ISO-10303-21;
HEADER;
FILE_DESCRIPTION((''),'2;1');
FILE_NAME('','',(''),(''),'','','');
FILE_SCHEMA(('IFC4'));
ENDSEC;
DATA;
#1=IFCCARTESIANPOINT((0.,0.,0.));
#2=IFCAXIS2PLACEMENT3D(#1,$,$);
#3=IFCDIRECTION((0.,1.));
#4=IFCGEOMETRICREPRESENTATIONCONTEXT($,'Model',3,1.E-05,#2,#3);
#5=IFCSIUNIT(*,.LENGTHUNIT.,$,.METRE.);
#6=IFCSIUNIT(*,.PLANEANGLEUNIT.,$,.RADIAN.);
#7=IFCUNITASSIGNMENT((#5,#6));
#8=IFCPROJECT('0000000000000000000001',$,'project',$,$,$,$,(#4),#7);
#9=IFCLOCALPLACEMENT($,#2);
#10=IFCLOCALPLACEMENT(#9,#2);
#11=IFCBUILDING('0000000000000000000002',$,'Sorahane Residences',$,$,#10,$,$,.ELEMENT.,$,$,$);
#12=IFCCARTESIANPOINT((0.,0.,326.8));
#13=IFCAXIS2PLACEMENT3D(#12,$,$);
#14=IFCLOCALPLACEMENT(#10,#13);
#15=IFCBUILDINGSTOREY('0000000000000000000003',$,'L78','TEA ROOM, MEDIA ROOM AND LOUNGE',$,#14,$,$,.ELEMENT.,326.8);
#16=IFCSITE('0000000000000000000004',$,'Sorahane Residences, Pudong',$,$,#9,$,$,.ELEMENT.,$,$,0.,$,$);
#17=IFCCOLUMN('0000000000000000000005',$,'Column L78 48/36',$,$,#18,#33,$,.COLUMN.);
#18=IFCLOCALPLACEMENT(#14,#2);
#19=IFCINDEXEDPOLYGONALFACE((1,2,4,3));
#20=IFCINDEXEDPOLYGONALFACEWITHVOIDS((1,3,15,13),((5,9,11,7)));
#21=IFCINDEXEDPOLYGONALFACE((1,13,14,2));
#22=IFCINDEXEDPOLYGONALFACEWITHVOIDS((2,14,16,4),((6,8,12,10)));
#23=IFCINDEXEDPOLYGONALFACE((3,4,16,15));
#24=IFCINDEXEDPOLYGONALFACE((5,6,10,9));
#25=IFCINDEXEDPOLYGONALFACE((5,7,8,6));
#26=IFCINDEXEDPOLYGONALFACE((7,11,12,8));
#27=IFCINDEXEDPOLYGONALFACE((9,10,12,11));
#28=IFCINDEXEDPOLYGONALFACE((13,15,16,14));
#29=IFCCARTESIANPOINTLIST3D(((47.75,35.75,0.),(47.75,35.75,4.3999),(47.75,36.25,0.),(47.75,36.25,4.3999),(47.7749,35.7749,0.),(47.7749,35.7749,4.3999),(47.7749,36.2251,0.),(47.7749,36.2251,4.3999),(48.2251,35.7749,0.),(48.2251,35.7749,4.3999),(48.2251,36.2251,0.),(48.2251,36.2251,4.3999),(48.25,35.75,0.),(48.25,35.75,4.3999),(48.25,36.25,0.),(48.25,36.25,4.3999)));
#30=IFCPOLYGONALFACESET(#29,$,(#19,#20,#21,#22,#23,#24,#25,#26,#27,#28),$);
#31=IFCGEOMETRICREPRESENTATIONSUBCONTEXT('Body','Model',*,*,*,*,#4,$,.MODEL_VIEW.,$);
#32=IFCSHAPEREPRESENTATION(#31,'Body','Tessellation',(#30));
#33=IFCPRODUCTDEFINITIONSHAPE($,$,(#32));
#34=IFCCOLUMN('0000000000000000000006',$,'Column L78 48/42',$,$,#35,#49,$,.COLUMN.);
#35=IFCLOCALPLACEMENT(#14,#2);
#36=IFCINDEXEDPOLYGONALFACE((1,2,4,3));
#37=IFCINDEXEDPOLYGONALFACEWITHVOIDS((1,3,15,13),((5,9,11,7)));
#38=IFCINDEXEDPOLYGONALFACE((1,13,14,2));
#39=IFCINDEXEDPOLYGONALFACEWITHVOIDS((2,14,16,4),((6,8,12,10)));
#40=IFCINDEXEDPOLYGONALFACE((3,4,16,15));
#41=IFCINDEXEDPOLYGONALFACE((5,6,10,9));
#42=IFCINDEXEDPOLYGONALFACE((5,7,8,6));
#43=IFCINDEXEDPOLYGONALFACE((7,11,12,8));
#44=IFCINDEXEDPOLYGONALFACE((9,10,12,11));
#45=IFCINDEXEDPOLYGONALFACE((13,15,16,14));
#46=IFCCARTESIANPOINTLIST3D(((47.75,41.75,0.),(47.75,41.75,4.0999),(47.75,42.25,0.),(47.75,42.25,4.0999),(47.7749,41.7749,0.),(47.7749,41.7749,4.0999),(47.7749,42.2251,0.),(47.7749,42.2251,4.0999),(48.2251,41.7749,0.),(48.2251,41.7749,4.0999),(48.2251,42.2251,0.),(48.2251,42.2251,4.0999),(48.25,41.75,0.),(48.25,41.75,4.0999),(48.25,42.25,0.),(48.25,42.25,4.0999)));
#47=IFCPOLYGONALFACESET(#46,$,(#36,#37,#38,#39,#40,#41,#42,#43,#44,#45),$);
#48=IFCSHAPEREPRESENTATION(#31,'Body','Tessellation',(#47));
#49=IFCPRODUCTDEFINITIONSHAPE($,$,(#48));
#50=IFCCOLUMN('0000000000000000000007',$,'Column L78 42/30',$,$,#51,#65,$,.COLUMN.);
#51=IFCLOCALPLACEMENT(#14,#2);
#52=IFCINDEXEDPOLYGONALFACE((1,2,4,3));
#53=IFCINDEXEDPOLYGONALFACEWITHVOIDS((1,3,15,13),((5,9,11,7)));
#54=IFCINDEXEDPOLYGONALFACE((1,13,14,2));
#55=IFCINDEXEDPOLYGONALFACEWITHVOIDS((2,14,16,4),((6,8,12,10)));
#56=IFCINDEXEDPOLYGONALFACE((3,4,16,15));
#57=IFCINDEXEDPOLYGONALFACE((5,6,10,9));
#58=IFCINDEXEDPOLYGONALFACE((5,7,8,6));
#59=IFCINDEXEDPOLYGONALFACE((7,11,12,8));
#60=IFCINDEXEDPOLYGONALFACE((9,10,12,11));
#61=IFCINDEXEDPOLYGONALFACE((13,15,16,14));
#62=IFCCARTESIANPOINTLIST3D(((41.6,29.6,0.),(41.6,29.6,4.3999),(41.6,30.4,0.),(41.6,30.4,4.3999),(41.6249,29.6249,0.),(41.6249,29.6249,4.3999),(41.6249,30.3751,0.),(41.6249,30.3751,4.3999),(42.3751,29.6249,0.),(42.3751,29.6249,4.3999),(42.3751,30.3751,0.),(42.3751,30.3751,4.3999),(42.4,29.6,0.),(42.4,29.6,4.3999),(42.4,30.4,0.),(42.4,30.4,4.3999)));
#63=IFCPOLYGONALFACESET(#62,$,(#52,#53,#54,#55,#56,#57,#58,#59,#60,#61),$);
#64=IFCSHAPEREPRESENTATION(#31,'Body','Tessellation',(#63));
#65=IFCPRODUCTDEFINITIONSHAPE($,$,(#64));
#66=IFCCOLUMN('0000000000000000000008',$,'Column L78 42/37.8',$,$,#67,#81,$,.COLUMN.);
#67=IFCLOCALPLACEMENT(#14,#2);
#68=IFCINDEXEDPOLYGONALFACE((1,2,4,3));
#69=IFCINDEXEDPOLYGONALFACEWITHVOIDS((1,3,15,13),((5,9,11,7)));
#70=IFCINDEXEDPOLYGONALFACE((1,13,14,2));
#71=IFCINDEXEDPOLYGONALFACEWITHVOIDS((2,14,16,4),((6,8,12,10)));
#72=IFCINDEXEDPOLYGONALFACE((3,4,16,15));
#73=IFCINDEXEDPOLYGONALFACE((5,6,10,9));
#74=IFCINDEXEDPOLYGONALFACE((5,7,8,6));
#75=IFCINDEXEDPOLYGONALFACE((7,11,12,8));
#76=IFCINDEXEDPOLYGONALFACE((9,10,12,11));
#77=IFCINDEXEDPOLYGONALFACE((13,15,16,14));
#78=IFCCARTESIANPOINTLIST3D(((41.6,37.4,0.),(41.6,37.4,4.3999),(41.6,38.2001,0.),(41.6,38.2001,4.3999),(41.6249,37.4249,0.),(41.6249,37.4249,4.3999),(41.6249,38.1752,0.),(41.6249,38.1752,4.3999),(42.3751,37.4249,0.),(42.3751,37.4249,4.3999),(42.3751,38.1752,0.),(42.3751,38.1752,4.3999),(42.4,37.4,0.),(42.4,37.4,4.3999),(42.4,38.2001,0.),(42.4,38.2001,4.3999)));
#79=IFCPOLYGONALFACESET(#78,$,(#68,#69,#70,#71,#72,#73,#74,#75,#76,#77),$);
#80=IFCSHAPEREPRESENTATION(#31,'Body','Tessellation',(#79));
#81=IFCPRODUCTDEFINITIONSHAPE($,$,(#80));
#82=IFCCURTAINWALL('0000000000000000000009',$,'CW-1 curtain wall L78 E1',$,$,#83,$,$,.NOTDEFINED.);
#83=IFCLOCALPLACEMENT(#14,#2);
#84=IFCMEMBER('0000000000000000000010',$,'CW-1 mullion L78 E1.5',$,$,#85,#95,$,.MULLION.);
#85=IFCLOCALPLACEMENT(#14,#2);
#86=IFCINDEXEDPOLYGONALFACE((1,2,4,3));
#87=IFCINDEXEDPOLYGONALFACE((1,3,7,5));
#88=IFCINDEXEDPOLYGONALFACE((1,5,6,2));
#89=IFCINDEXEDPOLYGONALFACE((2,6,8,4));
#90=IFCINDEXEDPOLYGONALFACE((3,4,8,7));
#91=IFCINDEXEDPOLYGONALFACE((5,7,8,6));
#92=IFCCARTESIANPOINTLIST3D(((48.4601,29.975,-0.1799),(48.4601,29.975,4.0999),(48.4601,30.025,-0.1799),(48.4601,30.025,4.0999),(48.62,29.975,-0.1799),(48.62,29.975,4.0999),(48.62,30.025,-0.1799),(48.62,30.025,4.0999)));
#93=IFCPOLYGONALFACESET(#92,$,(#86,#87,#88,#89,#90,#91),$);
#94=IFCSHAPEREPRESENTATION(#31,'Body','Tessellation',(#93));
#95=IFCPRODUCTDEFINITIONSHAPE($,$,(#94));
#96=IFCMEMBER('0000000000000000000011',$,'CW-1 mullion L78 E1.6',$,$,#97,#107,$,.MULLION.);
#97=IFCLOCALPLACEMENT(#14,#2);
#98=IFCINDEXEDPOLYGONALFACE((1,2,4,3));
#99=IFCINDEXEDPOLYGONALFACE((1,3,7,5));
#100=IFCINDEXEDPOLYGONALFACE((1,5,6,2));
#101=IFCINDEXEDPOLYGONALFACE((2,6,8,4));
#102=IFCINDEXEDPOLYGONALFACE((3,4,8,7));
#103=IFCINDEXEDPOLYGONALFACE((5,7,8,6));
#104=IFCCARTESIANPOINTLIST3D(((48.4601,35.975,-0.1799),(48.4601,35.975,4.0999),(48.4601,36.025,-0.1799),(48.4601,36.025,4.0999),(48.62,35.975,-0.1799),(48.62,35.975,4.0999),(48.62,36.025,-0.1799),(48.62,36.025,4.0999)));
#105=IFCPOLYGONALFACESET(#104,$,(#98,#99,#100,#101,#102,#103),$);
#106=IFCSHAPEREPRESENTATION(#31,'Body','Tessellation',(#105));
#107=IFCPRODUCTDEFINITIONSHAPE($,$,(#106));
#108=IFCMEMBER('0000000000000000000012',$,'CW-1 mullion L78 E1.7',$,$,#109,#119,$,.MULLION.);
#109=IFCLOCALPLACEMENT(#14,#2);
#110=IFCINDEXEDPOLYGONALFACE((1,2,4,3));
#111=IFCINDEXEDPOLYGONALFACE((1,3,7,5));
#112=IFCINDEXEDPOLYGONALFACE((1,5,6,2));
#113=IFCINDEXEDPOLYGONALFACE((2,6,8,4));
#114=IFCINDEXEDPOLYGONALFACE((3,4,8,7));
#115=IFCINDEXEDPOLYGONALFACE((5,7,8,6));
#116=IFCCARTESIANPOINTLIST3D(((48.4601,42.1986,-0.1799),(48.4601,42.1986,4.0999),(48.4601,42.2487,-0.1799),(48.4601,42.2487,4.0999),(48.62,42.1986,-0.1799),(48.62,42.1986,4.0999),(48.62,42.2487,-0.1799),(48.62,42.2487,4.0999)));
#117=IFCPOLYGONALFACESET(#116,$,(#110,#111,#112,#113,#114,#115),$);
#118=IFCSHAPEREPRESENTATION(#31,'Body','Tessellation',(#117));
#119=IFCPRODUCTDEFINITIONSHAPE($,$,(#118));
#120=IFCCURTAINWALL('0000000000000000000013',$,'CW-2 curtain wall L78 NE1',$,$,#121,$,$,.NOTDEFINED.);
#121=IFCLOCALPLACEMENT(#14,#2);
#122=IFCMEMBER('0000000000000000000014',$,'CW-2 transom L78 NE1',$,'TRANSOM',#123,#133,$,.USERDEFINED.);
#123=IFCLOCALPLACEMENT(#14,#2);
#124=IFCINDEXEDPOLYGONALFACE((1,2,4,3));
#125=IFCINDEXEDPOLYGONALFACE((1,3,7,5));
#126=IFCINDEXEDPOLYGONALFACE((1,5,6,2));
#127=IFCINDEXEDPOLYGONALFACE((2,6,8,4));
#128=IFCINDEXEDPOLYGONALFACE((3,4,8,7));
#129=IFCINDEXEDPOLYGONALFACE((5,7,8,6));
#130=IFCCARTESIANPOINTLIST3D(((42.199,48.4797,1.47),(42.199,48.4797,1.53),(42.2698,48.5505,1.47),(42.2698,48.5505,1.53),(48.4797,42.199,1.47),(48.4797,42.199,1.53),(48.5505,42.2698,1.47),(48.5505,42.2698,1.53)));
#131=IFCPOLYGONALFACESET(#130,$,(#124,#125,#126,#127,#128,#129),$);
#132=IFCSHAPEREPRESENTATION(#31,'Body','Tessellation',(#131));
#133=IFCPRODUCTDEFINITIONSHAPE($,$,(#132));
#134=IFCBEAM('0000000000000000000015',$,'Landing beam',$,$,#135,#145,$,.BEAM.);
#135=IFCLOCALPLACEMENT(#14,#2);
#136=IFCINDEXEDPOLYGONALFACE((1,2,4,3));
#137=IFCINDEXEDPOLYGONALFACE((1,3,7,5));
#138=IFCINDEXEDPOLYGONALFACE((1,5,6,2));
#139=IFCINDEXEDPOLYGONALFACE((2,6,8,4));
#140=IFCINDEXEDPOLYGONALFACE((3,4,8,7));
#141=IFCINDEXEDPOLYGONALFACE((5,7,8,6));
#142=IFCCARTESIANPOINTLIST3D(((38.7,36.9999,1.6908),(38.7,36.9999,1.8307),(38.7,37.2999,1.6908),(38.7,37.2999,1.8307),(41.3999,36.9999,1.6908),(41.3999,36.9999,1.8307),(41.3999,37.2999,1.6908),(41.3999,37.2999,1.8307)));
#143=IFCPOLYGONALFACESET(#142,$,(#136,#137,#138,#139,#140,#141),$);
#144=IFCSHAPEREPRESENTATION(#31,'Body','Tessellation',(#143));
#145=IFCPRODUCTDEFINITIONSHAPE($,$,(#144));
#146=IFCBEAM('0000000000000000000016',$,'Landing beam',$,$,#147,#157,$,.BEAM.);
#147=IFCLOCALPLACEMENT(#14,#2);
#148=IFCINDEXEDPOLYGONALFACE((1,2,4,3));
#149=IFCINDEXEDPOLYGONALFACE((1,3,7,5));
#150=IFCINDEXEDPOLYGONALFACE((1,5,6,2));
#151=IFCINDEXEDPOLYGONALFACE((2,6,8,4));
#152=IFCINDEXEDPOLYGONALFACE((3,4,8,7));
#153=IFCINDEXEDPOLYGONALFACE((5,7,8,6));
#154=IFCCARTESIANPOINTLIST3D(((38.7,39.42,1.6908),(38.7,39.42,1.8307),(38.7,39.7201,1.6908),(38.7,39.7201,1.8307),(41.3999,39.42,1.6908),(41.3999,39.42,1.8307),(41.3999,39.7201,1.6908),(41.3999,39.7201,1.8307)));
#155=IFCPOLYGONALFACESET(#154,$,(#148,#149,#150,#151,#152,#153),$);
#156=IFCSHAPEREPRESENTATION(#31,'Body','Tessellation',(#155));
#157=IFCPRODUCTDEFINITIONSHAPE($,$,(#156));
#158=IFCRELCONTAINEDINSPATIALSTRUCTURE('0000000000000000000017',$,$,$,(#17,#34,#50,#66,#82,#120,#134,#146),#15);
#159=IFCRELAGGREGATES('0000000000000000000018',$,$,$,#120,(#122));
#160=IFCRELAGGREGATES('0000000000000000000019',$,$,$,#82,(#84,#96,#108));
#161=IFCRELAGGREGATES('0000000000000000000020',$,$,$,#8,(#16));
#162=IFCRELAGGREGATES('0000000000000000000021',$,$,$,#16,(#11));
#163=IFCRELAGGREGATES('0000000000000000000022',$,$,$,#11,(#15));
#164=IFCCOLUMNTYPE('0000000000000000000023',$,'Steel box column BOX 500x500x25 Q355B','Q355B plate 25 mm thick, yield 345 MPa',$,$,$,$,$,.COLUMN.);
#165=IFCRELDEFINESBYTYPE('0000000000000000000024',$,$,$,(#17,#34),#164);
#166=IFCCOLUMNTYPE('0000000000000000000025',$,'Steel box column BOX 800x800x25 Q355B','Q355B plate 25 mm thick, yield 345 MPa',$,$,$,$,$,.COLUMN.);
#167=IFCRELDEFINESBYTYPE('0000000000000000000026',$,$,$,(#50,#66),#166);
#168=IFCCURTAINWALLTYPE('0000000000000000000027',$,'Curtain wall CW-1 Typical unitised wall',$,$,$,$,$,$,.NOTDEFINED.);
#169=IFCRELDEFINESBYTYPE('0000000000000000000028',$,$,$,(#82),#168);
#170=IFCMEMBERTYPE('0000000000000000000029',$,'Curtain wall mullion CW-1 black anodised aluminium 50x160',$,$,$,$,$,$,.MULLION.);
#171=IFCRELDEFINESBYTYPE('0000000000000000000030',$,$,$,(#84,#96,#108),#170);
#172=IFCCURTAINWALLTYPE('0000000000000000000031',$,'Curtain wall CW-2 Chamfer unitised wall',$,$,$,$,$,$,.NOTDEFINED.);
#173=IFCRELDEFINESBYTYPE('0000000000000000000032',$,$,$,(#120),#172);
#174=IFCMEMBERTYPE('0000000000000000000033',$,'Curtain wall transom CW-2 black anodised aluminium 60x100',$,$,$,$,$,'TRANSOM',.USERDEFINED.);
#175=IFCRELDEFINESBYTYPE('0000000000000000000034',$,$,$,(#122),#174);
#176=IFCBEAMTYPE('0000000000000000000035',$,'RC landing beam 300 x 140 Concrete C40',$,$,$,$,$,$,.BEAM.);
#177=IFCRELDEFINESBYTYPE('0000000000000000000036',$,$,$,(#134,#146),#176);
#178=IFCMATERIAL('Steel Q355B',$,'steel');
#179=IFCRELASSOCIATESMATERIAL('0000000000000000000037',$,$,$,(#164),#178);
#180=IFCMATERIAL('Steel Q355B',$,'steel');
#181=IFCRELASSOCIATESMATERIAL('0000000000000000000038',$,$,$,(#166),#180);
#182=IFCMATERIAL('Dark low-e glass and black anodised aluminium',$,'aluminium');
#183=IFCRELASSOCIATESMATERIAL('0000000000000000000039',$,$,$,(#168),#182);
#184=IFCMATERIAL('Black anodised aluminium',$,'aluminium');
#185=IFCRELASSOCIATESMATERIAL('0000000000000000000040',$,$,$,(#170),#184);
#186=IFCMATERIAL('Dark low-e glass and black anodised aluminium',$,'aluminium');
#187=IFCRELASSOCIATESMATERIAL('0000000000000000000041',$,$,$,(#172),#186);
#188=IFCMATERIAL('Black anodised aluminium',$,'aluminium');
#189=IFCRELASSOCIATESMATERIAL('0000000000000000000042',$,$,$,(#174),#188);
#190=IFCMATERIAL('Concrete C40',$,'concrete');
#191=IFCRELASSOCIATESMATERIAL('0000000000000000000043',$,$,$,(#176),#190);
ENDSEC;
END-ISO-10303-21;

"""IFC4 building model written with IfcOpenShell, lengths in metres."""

from ifc_helpers import new_model, si_unit, direction, frame, origin, origin_2d, place, context, subcontext, project, spatial, rectangle, hollow_rectangle, extrude, material, material_profile, profile_set, type_object, element, aggregate, save


model = new_model("IFC4")

# Units and contexts
model_context = context("Model", 3, precision=1e-05, world=origin(), true_north=direction((0.0, 1.0)))
body_context = subcontext(model_context, "Body", "Model", "MODEL_VIEW")
ifc_project = project(units=[si_unit("LENGTHUNIT", "METRE"), si_unit("PLANEANGLEUNIT", "RADIAN")], contexts=[model_context])

# Site, building, storey
site_placement = place(None, origin())
site = spatial("IfcSite", under=ifc_project, at=site_placement, Name="Sorahane Residences, Pudong", CompositionType="ELEMENT", RefElevation=0.0)
building_placement = place(site_placement, origin())
building = spatial("IfcBuilding", under=site, at=building_placement, Name="Sorahane Residences", CompositionType="ELEMENT")
storey_placement = place(building_placement, frame((0.0, 0.0, 326.8)))
storey = spatial("IfcBuildingStorey", under=building, at=storey_placement, Name="L78", Description="TEA ROOM, MEDIA ROOM AND LOUNGE", CompositionType="ELEMENT", Elevation=326.8)

# Columns
ifc_material_1 = material(Name="Steel Q355B", Category="steel")
ifc_material_profile_1 = material_profile(ifc_material_1, hollow_rectangle(XDim=0.5, YDim=0.5, WallThickness=0.0249, at=origin_2d()), Name="BOX 500x500x25")
ifc_profile_set_1 = profile_set([ifc_material_profile_1], Name="Steel Q355B")
column_type_1 = type_object("IfcColumnType", Name="Steel box column BOX 500x500x25 Q355B", Description="Q355B plate 25 mm thick, yield 345 MPa", PredefinedType="COLUMN", material=ifc_profile_set_1)
column_1_placement = place(storey_placement, frame((48.0, 36.0, 0.0), z_axis=(0.0, 0.0, 1.0), x_axis=(1.0, 0.0, 0.0)))
element("IfcColumn", 1, at=column_1_placement, inside=storey, type_object=column_type_1, Name="Column L78 48/36", PredefinedType="COLUMN", context=body_context, shape_type="SweptSolid", body=[
    extrude(hollow_rectangle(XDim=0.5, YDim=0.5, WallThickness=0.0249, at=origin_2d()), origin(), (0.0, 0.0, 1.0), 4.3999),
])
column_2_placement = place(storey_placement, frame((48.0, 42.0, 0.0), z_axis=(0.0, 0.0, 1.0), x_axis=(1.0, 0.0, 0.0)))
element("IfcColumn", 2, at=column_2_placement, inside=storey, type_object=column_type_1, Name="Column L78 48/42", PredefinedType="COLUMN", context=body_context, shape_type="SweptSolid", body=[
    extrude(hollow_rectangle(XDim=0.5, YDim=0.5, WallThickness=0.0249, at=origin_2d()), origin(), (0.0, 0.0, 1.0), 4.0999),
])
ifc_material_2 = material(Name="Steel Q355B", Category="steel")
ifc_material_profile_2 = material_profile(ifc_material_2, hollow_rectangle(XDim=0.8, YDim=0.8, WallThickness=0.0249, at=origin_2d()), Name="BOX 800x800x25")
ifc_profile_set_2 = profile_set([ifc_material_profile_2], Name="Steel Q355B")
column_type_2 = type_object("IfcColumnType", Name="Steel box column BOX 800x800x25 Q355B", Description="Q355B plate 25 mm thick, yield 345 MPa", PredefinedType="COLUMN", material=ifc_profile_set_2)
for number, where, z_axis, x_axis, name in (
    (3, (42.0, 30.0, 0.0), (0.0, 0.0, 1.0), (1.0, 0.0, 0.0), "Column L78 42/30"),
    (4, (42.0, 37.8, 0.0), (0.0, 0.0, 1.0), (1.0, 0.0, 0.0), "Column L78 42/37.8"),
):
    element("IfcColumn", number, at=place(storey_placement, frame(where, z_axis=z_axis, x_axis=x_axis)), inside=storey, type_object=column_type_2, Name=name, PredefinedType="COLUMN", context=body_context, shape_type="SweptSolid", body=[
        extrude(hollow_rectangle(XDim=0.8, YDim=0.8, WallThickness=0.0249, at=origin_2d()), origin(), (0.0, 0.0, 1.0), 4.3999),
    ])

# Curtain wall, members
ifc_material_3 = material(Name="Dark low-e glass and black anodised aluminium", Category="aluminium")
curtain_wall_type_1 = type_object("IfcCurtainWallType", Name="Curtain wall CW-1 Typical unitised wall", PredefinedType="NOTDEFINED", material=ifc_material_3)
curtain_wall_1_placement = place(storey_placement, origin())
curtain_wall_1 = element("IfcCurtainWall", 5, at=curtain_wall_1_placement, inside=storey, type_object=curtain_wall_type_1, Name="CW-1 curtain wall L78 E1", PredefinedType="NOTDEFINED")
ifc_material_4 = material(Name="Black anodised aluminium", Category="aluminium")
ifc_material_profile_3 = material_profile(ifc_material_4, rectangle(XDim=0.1599, YDim=0.05, at=origin_2d()), Name="Curtain wall mullion CW-1 black anodised aluminium 50x160")
ifc_profile_set_3 = profile_set([ifc_material_profile_3], Name="Black anodised aluminium")
member_type_1 = type_object("IfcMemberType", Name="Curtain wall mullion CW-1 black anodised aluminium 50x160", PredefinedType="MULLION", material=ifc_profile_set_3)
member_1_placement = place(storey_placement, frame((48.54, 30.0, -0.1799), z_axis=(0.0, 0.0, 1.0), x_axis=(1.0, 0.0, 0.0)))
member_1 = element("IfcMember", 6, at=member_1_placement, type_object=member_type_1, Name="CW-1 mullion L78 E1.5", PredefinedType="MULLION", context=body_context, shape_type="SweptSolid", body=[
    extrude(rectangle(XDim=0.1599, YDim=0.05, at=origin_2d()), origin(), (0.0, 0.0, 1.0), 4.2798),
])
member_2_placement = place(storey_placement, frame((48.54, 36.0, -0.1799), z_axis=(0.0, 0.0, 1.0), x_axis=(1.0, 0.0, 0.0)))
member_2 = element("IfcMember", 7, at=member_2_placement, type_object=member_type_1, Name="CW-1 mullion L78 E1.6", PredefinedType="MULLION", context=body_context, shape_type="SweptSolid", body=[
    extrude(rectangle(XDim=0.1599, YDim=0.05, at=origin_2d()), origin(), (0.0, 0.0, 1.0), 4.2798),
])
member_3_placement = place(storey_placement, frame((48.54, 42.2236, -0.1799), z_axis=(0.0, 0.0, 1.0), x_axis=(1.0, 0.0, 0.0)))
member_3 = element("IfcMember", 8, at=member_3_placement, type_object=member_type_1, Name="CW-1 mullion L78 E1.7", PredefinedType="MULLION", context=body_context, shape_type="SweptSolid", body=[
    extrude(rectangle(XDim=0.1599, YDim=0.05, at=origin_2d()), origin(), (0.0, 0.0, 1.0), 4.2798),
])

# Curtain wall, member
ifc_material_5 = material(Name="Dark low-e glass and black anodised aluminium", Category="aluminium")
curtain_wall_type_2 = type_object("IfcCurtainWallType", Name="Curtain wall CW-2 Chamfer unitised wall", PredefinedType="NOTDEFINED", material=ifc_material_5)
curtain_wall_2_placement = place(storey_placement, origin())
curtain_wall_2 = element("IfcCurtainWall", 9, at=curtain_wall_2_placement, inside=storey, type_object=curtain_wall_type_2, Name="CW-2 curtain wall L78 NE1", PredefinedType="NOTDEFINED")
ifc_material_6 = material(Name="Black anodised aluminium", Category="aluminium")
ifc_material_profile_4 = material_profile(ifc_material_6, rectangle(XDim=0.1001, YDim=0.0601, at=origin_2d()), Name="Curtain wall transom CW-2 black anodised aluminium 60x100")
ifc_profile_set_4 = profile_set([ifc_material_profile_4], Name="Black anodised aluminium")
member_type_2 = type_object("IfcMemberType", Name="Curtain wall transom CW-2 black anodised aluminium 60x100", ElementType="TRANSOM", PredefinedType="USERDEFINED", material=ifc_profile_set_4)
member_4_placement = place(storey_placement, frame((48.5151, 42.2344, 1.5), z_axis=(-0.707107, 0.707107, 0.0), x_axis=(-0.707107, -0.707107, 0.0)))
member_4 = element("IfcMember", 10, at=member_4_placement, type_object=member_type_2, Name="CW-2 transom L78 NE1", ObjectType="TRANSOM", PredefinedType="USERDEFINED", context=body_context, shape_type="SweptSolid", body=[
    extrude(rectangle(XDim=0.1001, YDim=0.0601, at=origin_2d()), origin(), (0.0, 0.0, 1.0), 8.8823),
])
aggregate(curtain_wall_2, [member_4])

# Beams
ifc_material_7 = material(Name="Concrete C40", Category="concrete")
ifc_material_profile_5 = material_profile(ifc_material_7, rectangle(XDim=0.3, YDim=0.1399, at=origin_2d()), Name="300x140")
ifc_profile_set_5 = profile_set([ifc_material_profile_5], Name="Concrete C40")
beam_type_1 = type_object("IfcBeamType", Name="RC landing beam 300 x 140 Concrete C40", PredefinedType="BEAM", material=ifc_profile_set_5)
for number, where, z_axis, x_axis, name in (
    (11, (38.7, 37.1499, 1.7607), (1.0, 0.0, 0.0), (0.0, 1.0, 0.0), "Landing beam"),
    (12, (38.7, 39.5701, 1.7607), (1.0, 0.0, 0.0), (0.0, 1.0, 0.0), "Landing beam"),
):
    element("IfcBeam", number, at=place(storey_placement, frame(where, z_axis=z_axis, x_axis=x_axis)), inside=storey, type_object=beam_type_1, Name=name, PredefinedType="BEAM", context=body_context, shape_type="SweptSolid", body=[
        extrude(rectangle(XDim=0.3, YDim=0.1399, at=origin_2d()), origin(), (0.0, 0.0, 1.0), 2.7),
    ])

aggregate(curtain_wall_1, [member_1, member_2, member_3])

save(model, "model.ifc")
